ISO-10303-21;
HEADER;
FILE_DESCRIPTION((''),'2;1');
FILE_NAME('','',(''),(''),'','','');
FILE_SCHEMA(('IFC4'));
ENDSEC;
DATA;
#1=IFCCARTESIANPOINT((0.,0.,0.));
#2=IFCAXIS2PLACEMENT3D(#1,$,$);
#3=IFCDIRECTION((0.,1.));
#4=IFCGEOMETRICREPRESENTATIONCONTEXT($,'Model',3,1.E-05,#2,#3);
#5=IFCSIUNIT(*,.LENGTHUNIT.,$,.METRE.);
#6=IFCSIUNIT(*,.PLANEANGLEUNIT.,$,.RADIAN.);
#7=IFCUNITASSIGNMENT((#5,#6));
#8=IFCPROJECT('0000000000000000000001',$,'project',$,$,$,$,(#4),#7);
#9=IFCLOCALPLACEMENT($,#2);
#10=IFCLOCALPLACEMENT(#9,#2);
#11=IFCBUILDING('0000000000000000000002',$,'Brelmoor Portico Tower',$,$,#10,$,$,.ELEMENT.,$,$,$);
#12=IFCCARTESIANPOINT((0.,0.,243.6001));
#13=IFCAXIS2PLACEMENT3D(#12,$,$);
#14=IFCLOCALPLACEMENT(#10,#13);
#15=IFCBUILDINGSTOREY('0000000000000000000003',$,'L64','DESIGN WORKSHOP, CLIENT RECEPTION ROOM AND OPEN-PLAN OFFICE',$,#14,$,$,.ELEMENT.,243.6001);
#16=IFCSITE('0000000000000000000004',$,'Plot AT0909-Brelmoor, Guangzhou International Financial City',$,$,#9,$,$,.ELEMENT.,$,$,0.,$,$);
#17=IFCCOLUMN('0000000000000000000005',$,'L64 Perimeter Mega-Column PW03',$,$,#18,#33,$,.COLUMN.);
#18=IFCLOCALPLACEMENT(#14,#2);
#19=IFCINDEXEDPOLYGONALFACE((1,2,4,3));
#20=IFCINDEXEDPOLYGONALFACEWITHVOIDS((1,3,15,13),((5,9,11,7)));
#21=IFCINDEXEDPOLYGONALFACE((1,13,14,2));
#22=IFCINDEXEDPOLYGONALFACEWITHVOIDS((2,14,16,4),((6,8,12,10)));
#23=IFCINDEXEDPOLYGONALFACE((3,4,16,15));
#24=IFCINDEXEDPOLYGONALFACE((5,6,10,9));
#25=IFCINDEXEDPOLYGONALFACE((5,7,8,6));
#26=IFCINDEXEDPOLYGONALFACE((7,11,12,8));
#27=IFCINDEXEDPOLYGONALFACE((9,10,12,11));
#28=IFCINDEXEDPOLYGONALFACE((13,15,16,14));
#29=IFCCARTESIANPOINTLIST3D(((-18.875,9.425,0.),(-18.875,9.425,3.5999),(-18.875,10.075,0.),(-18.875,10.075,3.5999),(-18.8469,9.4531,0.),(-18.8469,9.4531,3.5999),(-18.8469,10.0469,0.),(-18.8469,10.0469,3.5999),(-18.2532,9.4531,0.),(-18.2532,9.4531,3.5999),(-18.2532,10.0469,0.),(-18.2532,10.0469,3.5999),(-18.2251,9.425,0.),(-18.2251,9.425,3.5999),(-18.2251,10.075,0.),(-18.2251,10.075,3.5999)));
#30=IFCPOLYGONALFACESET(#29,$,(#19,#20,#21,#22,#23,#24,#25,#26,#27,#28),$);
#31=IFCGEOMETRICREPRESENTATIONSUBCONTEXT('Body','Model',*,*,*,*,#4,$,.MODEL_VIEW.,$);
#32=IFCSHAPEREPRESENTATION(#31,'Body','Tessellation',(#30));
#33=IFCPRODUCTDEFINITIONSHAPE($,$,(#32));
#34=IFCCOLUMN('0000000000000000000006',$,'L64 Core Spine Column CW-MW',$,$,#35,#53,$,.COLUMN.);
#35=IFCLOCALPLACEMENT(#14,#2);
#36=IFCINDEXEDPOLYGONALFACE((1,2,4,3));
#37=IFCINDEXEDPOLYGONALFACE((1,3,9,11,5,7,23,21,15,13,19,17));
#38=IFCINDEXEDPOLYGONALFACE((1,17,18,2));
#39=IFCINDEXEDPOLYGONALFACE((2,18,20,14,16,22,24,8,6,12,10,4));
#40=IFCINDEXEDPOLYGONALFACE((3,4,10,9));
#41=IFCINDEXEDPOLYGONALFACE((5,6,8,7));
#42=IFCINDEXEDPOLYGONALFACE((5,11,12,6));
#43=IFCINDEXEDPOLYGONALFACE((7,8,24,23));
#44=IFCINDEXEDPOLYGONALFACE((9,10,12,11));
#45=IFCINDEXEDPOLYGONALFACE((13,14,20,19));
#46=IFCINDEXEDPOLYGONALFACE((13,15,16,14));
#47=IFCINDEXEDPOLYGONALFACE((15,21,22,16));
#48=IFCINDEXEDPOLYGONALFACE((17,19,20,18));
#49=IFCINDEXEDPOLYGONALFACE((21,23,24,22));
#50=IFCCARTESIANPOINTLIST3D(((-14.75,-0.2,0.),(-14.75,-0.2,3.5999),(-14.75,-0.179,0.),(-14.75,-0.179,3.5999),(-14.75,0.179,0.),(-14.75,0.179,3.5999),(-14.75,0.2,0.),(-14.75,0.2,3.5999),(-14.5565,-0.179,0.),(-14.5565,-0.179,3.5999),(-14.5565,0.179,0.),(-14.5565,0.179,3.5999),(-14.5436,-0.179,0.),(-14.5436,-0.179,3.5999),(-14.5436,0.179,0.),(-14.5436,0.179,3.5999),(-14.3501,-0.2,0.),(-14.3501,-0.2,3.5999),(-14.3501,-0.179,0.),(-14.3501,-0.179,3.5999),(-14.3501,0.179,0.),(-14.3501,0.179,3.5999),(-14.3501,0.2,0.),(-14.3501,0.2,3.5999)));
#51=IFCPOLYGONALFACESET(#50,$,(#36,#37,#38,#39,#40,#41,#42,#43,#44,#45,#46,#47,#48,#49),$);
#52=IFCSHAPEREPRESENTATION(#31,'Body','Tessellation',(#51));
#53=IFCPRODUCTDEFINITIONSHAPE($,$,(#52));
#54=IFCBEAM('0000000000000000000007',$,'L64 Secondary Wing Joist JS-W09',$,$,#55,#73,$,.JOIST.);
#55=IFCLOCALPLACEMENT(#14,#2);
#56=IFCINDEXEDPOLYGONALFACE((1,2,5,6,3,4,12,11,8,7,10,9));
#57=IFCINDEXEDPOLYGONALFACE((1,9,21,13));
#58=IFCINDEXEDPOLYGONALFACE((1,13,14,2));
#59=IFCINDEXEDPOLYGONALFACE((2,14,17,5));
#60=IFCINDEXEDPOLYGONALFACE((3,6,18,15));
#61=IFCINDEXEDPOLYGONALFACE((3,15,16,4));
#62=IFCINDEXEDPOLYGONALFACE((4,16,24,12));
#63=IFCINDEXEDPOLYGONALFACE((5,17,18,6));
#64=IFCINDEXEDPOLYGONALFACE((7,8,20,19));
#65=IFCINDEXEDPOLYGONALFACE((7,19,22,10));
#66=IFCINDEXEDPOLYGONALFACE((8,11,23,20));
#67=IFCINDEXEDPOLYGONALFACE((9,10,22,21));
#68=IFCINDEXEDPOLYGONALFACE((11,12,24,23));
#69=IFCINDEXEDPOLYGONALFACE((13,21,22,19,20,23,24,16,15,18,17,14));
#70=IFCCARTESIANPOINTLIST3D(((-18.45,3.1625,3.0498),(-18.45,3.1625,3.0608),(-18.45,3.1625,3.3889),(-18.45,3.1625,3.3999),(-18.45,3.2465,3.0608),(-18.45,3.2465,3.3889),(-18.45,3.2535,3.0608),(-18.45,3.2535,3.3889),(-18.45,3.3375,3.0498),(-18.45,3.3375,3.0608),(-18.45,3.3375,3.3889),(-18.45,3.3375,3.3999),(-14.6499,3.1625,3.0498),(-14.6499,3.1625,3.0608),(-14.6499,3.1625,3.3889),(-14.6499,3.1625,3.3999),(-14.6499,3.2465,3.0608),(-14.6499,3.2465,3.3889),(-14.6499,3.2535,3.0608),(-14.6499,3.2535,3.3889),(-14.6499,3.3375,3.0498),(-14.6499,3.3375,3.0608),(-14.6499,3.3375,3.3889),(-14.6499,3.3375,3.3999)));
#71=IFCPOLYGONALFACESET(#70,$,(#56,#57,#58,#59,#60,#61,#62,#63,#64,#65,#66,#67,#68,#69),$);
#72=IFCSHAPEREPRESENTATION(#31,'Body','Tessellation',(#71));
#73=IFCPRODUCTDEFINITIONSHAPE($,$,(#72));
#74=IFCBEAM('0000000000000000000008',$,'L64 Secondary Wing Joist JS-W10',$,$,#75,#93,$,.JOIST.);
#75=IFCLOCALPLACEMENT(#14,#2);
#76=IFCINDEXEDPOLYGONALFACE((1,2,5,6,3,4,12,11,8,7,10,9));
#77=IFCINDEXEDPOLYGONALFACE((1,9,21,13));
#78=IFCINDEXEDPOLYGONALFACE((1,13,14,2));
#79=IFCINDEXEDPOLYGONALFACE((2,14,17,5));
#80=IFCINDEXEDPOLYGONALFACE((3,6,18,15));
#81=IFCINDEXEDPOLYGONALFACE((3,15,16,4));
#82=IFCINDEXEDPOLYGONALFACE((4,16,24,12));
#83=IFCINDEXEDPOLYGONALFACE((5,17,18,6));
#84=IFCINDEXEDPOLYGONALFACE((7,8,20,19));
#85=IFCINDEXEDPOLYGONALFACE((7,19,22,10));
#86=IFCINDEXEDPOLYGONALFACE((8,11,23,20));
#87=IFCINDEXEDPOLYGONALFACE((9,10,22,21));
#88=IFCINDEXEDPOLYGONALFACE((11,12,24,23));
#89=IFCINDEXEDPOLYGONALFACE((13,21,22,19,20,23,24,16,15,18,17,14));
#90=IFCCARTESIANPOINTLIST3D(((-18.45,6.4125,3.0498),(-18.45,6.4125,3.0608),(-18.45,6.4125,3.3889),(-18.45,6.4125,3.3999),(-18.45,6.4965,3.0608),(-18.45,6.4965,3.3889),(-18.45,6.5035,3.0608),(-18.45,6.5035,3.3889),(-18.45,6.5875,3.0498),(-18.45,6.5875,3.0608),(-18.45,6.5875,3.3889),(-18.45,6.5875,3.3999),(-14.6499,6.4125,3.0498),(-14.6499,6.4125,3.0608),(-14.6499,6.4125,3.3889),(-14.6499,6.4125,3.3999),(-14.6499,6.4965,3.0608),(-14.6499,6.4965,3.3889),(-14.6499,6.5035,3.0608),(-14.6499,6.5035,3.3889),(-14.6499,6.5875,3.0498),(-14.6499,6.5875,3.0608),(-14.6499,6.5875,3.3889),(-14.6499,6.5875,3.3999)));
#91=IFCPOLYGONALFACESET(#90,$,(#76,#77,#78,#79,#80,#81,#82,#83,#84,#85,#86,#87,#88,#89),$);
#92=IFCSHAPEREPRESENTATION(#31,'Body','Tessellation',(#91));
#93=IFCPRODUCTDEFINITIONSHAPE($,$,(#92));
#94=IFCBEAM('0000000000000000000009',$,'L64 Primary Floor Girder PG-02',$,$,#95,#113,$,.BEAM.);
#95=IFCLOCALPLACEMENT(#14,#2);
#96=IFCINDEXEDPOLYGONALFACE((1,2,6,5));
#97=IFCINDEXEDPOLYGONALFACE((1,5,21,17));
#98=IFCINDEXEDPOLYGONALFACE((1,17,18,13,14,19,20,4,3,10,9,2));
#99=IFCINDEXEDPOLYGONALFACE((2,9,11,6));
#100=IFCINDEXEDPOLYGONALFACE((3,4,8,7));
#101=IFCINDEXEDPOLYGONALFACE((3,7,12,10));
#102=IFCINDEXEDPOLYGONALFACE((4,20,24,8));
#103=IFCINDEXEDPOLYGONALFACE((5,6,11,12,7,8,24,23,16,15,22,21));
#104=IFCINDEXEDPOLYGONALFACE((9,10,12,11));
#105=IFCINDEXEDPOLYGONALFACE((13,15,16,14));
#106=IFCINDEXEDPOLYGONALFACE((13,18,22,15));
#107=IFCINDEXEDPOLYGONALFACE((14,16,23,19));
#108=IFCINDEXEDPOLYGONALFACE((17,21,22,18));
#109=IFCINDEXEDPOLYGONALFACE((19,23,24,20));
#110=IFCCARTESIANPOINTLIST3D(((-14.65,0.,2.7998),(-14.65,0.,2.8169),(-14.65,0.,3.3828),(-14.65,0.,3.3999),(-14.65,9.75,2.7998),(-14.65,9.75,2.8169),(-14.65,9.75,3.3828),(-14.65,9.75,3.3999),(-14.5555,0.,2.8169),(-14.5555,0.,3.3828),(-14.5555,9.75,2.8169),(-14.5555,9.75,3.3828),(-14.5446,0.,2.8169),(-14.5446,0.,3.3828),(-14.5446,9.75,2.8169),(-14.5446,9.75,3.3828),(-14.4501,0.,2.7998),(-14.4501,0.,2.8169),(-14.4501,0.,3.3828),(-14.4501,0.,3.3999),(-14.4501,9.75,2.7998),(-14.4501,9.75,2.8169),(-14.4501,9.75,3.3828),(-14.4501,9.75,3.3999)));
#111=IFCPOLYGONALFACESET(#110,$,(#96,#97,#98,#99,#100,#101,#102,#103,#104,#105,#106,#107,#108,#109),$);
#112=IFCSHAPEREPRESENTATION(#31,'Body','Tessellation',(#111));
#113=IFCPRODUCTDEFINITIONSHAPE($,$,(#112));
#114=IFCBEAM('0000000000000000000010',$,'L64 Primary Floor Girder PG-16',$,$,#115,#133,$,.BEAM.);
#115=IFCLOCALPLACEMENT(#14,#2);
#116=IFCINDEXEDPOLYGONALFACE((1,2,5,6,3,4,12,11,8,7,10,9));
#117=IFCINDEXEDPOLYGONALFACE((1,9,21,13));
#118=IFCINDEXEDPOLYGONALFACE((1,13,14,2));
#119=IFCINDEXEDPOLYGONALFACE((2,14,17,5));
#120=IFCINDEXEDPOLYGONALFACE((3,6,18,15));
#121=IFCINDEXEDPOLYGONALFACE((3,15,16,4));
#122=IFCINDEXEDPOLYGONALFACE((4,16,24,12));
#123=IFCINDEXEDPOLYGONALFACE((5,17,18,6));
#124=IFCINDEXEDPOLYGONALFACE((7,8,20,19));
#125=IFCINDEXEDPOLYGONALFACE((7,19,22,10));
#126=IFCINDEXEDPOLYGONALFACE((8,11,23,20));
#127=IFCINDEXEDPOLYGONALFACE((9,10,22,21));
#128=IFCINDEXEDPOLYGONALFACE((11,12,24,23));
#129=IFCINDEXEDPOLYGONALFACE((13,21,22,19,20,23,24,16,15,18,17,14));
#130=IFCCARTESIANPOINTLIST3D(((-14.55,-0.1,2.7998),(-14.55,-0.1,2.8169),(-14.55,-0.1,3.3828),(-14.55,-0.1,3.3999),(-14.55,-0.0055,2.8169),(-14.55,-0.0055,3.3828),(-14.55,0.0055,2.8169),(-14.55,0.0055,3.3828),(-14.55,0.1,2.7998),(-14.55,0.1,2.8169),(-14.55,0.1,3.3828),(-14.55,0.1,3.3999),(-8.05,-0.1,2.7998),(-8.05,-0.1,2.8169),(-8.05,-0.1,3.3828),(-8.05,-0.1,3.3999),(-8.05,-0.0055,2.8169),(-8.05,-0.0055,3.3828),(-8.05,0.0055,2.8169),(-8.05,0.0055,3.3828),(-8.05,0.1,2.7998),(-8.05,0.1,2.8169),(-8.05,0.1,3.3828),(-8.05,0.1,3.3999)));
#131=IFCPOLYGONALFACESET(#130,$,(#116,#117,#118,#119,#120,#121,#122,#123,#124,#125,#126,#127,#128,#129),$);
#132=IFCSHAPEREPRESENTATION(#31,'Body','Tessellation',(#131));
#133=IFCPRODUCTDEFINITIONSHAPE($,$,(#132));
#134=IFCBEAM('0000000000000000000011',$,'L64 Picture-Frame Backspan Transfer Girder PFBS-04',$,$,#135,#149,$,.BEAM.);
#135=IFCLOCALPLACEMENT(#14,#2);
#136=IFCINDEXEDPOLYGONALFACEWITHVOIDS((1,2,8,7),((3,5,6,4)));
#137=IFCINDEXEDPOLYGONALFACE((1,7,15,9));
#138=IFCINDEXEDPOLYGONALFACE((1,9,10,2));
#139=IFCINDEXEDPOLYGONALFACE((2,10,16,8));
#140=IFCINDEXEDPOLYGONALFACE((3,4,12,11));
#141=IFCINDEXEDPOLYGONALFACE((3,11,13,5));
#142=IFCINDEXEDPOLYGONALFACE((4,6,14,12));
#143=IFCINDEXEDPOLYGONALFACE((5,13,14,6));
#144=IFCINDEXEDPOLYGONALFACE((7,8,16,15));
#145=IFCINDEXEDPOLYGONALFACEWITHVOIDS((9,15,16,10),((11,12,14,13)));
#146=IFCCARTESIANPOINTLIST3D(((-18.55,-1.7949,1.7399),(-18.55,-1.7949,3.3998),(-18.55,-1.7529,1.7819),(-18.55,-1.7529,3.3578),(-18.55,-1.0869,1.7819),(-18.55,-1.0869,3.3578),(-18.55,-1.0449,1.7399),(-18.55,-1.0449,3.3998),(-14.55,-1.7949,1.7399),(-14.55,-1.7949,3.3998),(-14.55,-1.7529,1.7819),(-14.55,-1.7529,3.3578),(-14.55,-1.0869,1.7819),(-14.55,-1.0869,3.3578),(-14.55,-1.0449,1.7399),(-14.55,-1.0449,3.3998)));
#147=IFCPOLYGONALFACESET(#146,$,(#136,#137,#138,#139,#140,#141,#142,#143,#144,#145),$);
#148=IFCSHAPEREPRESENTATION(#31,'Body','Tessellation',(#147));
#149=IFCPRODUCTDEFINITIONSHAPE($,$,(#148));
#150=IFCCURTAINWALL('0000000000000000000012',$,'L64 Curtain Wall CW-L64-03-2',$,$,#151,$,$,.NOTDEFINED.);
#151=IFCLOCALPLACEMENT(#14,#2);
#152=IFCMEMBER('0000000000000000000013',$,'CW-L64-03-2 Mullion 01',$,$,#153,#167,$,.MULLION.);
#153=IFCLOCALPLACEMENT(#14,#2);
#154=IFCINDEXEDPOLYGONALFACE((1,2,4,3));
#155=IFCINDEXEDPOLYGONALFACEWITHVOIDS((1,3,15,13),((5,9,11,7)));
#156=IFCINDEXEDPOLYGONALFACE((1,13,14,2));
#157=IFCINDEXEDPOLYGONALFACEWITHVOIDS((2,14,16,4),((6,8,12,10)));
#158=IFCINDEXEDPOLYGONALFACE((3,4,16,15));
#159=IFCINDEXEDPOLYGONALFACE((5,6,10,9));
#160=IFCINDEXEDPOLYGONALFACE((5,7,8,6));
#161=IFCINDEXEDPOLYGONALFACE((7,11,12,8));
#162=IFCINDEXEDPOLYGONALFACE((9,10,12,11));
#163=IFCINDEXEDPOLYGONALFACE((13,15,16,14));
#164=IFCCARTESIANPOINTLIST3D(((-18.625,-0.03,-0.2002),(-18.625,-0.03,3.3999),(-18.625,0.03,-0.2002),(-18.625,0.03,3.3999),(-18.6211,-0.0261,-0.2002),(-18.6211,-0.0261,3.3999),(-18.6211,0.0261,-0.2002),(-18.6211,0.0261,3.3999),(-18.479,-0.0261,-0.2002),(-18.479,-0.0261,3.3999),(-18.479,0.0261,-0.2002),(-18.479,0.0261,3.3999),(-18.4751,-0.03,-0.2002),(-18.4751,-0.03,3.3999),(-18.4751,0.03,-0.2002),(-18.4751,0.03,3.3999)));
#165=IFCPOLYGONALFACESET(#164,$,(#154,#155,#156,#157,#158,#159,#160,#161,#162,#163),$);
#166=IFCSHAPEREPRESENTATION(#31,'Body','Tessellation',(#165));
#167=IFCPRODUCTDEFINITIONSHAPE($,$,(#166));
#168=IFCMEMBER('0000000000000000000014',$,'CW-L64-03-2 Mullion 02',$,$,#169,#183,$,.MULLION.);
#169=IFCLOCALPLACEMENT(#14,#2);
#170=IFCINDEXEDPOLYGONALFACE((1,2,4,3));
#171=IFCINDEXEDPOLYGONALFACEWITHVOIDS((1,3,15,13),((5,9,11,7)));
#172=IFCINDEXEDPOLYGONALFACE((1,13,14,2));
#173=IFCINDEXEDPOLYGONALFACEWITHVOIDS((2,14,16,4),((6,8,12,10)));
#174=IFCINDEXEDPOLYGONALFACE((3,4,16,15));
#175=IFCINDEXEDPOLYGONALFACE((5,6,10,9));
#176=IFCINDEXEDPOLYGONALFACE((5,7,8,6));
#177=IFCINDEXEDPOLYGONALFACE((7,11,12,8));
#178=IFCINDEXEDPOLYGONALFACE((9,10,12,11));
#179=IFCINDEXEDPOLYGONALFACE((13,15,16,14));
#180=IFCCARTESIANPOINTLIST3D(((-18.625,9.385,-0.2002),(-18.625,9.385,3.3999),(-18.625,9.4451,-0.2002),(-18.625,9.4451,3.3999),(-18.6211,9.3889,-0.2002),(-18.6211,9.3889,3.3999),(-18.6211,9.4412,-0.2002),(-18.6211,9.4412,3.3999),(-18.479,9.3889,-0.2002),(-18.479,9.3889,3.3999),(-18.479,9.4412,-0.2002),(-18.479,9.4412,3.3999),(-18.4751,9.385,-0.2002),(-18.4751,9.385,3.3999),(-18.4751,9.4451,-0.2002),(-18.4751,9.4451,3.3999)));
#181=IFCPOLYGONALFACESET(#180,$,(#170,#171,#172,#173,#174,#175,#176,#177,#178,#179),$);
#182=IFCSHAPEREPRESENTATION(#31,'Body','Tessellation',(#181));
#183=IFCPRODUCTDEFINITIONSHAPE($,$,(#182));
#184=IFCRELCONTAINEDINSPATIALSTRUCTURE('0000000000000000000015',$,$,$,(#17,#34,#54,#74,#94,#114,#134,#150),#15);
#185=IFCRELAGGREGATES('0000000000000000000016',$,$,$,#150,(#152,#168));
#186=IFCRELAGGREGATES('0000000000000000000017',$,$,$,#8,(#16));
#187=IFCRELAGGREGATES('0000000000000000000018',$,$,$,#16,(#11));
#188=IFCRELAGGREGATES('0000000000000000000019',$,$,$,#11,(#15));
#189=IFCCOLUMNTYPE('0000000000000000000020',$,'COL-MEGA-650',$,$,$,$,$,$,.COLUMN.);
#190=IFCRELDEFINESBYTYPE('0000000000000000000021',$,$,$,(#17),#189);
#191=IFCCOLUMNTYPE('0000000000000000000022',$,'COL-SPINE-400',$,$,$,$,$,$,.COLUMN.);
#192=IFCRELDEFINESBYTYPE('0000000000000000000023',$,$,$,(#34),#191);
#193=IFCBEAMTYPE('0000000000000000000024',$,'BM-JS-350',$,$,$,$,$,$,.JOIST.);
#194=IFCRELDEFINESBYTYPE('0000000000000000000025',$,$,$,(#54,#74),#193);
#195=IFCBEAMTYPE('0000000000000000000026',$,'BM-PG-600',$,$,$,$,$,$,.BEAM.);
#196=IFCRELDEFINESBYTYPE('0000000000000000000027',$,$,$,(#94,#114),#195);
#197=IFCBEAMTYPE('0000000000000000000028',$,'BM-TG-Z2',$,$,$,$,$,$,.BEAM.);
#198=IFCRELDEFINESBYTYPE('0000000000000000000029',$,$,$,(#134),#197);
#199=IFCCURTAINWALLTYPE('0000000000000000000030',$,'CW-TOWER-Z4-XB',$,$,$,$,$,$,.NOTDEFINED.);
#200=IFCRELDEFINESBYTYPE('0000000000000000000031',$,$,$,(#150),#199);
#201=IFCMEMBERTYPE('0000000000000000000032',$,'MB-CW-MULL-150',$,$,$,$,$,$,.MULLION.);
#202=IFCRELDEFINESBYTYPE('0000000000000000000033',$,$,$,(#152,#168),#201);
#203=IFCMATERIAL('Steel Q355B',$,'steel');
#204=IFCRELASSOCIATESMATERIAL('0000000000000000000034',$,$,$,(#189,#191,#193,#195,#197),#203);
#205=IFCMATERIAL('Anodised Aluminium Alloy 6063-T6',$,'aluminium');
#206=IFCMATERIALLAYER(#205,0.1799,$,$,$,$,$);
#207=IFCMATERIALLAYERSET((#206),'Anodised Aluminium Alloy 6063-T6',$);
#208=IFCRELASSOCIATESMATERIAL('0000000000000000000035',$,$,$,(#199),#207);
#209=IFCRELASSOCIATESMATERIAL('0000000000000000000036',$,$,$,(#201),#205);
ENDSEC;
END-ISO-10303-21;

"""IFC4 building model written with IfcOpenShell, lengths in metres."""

from ifc_helpers import new_model, si_unit, direction, frame, origin, origin_2d, place, context, subcontext, project, spatial, hollow_rectangle, i_section, extrude, material, layer, layer_set, material_profile, profile_set, type_object, element, aggregate, save


model = new_model("IFC4")

# Units and contexts
model_context = context("Model", 3, precision=1e-05, world=origin(), true_north=direction((0.0, 1.0)))
body_context = subcontext(model_context, "Body", "Model", "MODEL_VIEW")
ifc_project = project(units=[si_unit("LENGTHUNIT", "METRE"), si_unit("PLANEANGLEUNIT", "RADIAN")], contexts=[model_context])

# Site, building, storey
site_placement = place(None, origin())
site = spatial("IfcSite", under=ifc_project, at=site_placement, Name="Plot AT0909-Brelmoor, Guangzhou International Financial City", CompositionType="ELEMENT", RefElevation=0.0)
building_placement = place(site_placement, origin())
building = spatial("IfcBuilding", under=site, at=building_placement, Name="Brelmoor Portico Tower", CompositionType="ELEMENT")
storey_placement = place(building_placement, frame((0.0, 0.0, 243.6001)))
storey = spatial("IfcBuildingStorey", under=building, at=storey_placement, Name="L64", Description="DESIGN WORKSHOP, CLIENT RECEPTION ROOM AND OPEN-PLAN OFFICE", CompositionType="ELEMENT", Elevation=243.6001)

# Columns
ifc_material_1 = material(Name="Steel Q355B", Category="steel")
ifc_material_profile_1 = material_profile(ifc_material_1, hollow_rectangle(XDim=0.6499, YDim=0.6499, WallThickness=0.0281, at=origin_2d()), Name="BOX 650x650x28")
ifc_profile_set_1 = profile_set([ifc_material_profile_1], Name="Steel Q355B")
column_type_1 = type_object("IfcColumnType", Name="COL-MEGA-650", PredefinedType="COLUMN", material=ifc_profile_set_1)
column_1_placement = place(storey_placement, frame((-18.55, 9.75, 0.0), z_axis=(0.0, 0.0, 1.0), x_axis=(0.0, 1.0, 0.0)))
element("IfcColumn", 1, at=column_1_placement, inside=storey, type_object=column_type_1, Name="L64 Perimeter Mega-Column PW03", PredefinedType="COLUMN", context=body_context, shape_type="SweptSolid", body=[
    extrude(hollow_rectangle(XDim=0.6499, YDim=0.6499, WallThickness=0.0281, at=origin_2d()), origin(), (0.0, 0.0, 1.0), 3.5999),
])
ifc_material_profile_2 = material_profile(ifc_material_1, i_section(OverallWidth=0.3999, OverallDepth=0.3999, WebThickness=0.0129, FlangeThickness=0.021, at=origin_2d()), Name="HW 400x400x13x21")
ifc_profile_set_2 = profile_set([ifc_material_profile_2], Name="Steel Q355B")
column_type_2 = type_object("IfcColumnType", Name="COL-SPINE-400", PredefinedType="COLUMN", material=ifc_profile_set_2)
column_2_placement = place(storey_placement, frame((-14.55, 0.0, 0.0), z_axis=(0.0, 0.0, 1.0), x_axis=(1.0, 0.0, 0.0)))
element("IfcColumn", 2, at=column_2_placement, inside=storey, type_object=column_type_2, Name="L64 Core Spine Column CW-MW", PredefinedType="COLUMN", context=body_context, shape_type="SweptSolid", body=[
    extrude(i_section(OverallWidth=0.3999, OverallDepth=0.3999, WebThickness=0.0129, FlangeThickness=0.021, at=origin_2d()), origin(), (0.0, 0.0, 1.0), 3.5999),
])

# Beams
ifc_material_profile_3 = material_profile(ifc_material_1, i_section(OverallWidth=0.175, OverallDepth=0.3501, WebThickness=0.0071, FlangeThickness=0.011, at=origin_2d()), Name="HN 350x175x7x11")
ifc_profile_set_3 = profile_set([ifc_material_profile_3], Name="Steel Q355B")
beam_type_1 = type_object("IfcBeamType", Name="BM-JS-350", PredefinedType="JOIST", material=ifc_profile_set_3)
for number, where, z_axis, x_axis, name in (
    (3, (-18.45, 3.25, 3.2249), (1.0, 0.0, 0.0), (0.0, 1.0, 0.0), "L64 Secondary Wing Joist JS-W09"),
    (4, (-18.45, 6.5, 3.2249), (1.0, 0.0, 0.0), (0.0, 1.0, 0.0), "L64 Secondary Wing Joist JS-W10"),
):
    element("IfcBeam", number, at=place(storey_placement, frame(where, z_axis=z_axis, x_axis=x_axis)), inside=storey, type_object=beam_type_1, Name=name, PredefinedType="JOIST", context=body_context, shape_type="SweptSolid", body=[
        extrude(i_section(OverallWidth=0.175, OverallDepth=0.3501, WebThickness=0.0071, FlangeThickness=0.011, at=origin_2d()), origin(), (0.0, 0.0, 1.0), 3.8),
    ])
ifc_material_profile_4 = material_profile(ifc_material_1, i_section(OverallWidth=0.2, OverallDepth=0.6001, WebThickness=0.011, FlangeThickness=0.0171, at=origin_2d()), Name="HN 600x200x11x17")
ifc_profile_set_4 = profile_set([ifc_material_profile_4], Name="Steel Q355B")
beam_type_2 = type_object("IfcBeamType", Name="BM-PG-600", PredefinedType="BEAM", material=ifc_profile_set_4)
beam_1_placement = place(storey_placement, frame((-14.55, 0.0, 3.0999), z_axis=(0.0, 1.0, 0.0), x_axis=(-1.0, 0.0, 0.0)))
element("IfcBeam", 5, at=beam_1_placement, inside=storey, type_object=beam_type_2, Name="L64 Primary Floor Girder PG-02", PredefinedType="BEAM", context=body_context, shape_type="SweptSolid", body=[
    extrude(i_section(OverallWidth=0.2, OverallDepth=0.6001, WebThickness=0.011, FlangeThickness=0.0171, at=origin_2d()), origin(), (0.0, 0.0, 1.0), 9.75),
])
beam_2_placement = place(storey_placement, frame((-14.55, 0.0, 3.0999), z_axis=(1.0, 0.0, 0.0), x_axis=(0.0, 1.0, 0.0)))
element("IfcBeam", 6, at=beam_2_placement, inside=storey, type_object=beam_type_2, Name="L64 Primary Floor Girder PG-16", PredefinedType="BEAM", context=body_context, shape_type="SweptSolid", body=[
    extrude(i_section(OverallWidth=0.2, OverallDepth=0.6001, WebThickness=0.011, FlangeThickness=0.0171, at=origin_2d()), origin(), (0.0, 0.0, 1.0), 6.5),
])
ifc_material_profile_5 = material_profile(ifc_material_1, hollow_rectangle(XDim=0.75, YDim=1.6599, WallThickness=0.042, at=origin_2d()), Name="BOX 750x1660x42")
ifc_profile_set_5 = profile_set([ifc_material_profile_5], Name="Steel Q355B")
beam_type_3 = type_object("IfcBeamType", Name="BM-TG-Z2", PredefinedType="BEAM", material=ifc_profile_set_5)
beam_3_placement = place(storey_placement, frame((-18.55, -1.4199, 2.5698), z_axis=(1.0, 0.0, 0.0), x_axis=(0.0, 1.0, 0.0)))
element("IfcBeam", 7, at=beam_3_placement, inside=storey, type_object=beam_type_3, Name="L64 Picture-Frame Backspan Transfer Girder PFBS-04", PredefinedType="BEAM", context=body_context, shape_type="SweptSolid", body=[
    extrude(hollow_rectangle(XDim=0.75, YDim=1.6599, WallThickness=0.042, at=origin_2d()), origin(), (0.0, 0.0, 1.0), 4.0),
])

# Curtain wall, members
ifc_material_2 = material(Name="Anodised Aluminium Alloy 6063-T6", Category="aluminium")
ifc_layer_1 = layer(ifc_material_2, 0.1799)
ifc_layer_set_1 = layer_set([ifc_layer_1], Name="Anodised Aluminium Alloy 6063-T6")
curtain_wall_type = type_object("IfcCurtainWallType", Name="CW-TOWER-Z4-XB", PredefinedType="NOTDEFINED", material=ifc_layer_set_1)
curtain_wall_placement = place(storey_placement, origin())
curtain_wall = element("IfcCurtainWall", 8, at=curtain_wall_placement, inside=storey, type_object=curtain_wall_type, Name="L64 Curtain Wall CW-L64-03-2", PredefinedType="NOTDEFINED")
ifc_material_profile_6 = material_profile(ifc_material_2, hollow_rectangle(XDim=0.0601, YDim=0.1499, WallThickness=0.0039, at=origin_2d()), Name="ALU MULLION 60x150")
ifc_profile_set_6 = profile_set([ifc_material_profile_6], Name="Anodised Aluminium Alloy 6063-T6")
member_type_1 = type_object("IfcMemberType", Name="MB-CW-MULL-150", PredefinedType="MULLION", material=ifc_profile_set_6)
member_1_placement = place(storey_placement, frame((-18.55, 0.0, -0.2002), z_axis=(0.0, 0.0, 1.0), x_axis=(0.0, 1.0, 0.0)))
member_1 = element("IfcMember", 9, at=member_1_placement, type_object=member_type_1, Name="CW-L64-03-2 Mullion 01", PredefinedType="MULLION", context=body_context, shape_type="SweptSolid", body=[
    extrude(hollow_rectangle(XDim=0.0601, YDim=0.1499, WallThickness=0.0039, at=origin_2d()), origin(), (0.0, 0.0, 1.0), 3.6001),
])
member_2_placement = place(storey_placement, frame((-18.55, 9.415, -0.2002), z_axis=(0.0, 0.0, 1.0), x_axis=(0.0, 1.0, 0.0)))
member_2 = element("IfcMember", 10, at=member_2_placement, type_object=member_type_1, Name="CW-L64-03-2 Mullion 02", PredefinedType="MULLION", context=body_context, shape_type="SweptSolid", body=[
    extrude(hollow_rectangle(XDim=0.0601, YDim=0.1499, WallThickness=0.0039, at=origin_2d()), origin(), (0.0, 0.0, 1.0), 3.6001),
])
aggregate(curtain_wall, [member_1, member_2])

save(model, "model.ifc")
